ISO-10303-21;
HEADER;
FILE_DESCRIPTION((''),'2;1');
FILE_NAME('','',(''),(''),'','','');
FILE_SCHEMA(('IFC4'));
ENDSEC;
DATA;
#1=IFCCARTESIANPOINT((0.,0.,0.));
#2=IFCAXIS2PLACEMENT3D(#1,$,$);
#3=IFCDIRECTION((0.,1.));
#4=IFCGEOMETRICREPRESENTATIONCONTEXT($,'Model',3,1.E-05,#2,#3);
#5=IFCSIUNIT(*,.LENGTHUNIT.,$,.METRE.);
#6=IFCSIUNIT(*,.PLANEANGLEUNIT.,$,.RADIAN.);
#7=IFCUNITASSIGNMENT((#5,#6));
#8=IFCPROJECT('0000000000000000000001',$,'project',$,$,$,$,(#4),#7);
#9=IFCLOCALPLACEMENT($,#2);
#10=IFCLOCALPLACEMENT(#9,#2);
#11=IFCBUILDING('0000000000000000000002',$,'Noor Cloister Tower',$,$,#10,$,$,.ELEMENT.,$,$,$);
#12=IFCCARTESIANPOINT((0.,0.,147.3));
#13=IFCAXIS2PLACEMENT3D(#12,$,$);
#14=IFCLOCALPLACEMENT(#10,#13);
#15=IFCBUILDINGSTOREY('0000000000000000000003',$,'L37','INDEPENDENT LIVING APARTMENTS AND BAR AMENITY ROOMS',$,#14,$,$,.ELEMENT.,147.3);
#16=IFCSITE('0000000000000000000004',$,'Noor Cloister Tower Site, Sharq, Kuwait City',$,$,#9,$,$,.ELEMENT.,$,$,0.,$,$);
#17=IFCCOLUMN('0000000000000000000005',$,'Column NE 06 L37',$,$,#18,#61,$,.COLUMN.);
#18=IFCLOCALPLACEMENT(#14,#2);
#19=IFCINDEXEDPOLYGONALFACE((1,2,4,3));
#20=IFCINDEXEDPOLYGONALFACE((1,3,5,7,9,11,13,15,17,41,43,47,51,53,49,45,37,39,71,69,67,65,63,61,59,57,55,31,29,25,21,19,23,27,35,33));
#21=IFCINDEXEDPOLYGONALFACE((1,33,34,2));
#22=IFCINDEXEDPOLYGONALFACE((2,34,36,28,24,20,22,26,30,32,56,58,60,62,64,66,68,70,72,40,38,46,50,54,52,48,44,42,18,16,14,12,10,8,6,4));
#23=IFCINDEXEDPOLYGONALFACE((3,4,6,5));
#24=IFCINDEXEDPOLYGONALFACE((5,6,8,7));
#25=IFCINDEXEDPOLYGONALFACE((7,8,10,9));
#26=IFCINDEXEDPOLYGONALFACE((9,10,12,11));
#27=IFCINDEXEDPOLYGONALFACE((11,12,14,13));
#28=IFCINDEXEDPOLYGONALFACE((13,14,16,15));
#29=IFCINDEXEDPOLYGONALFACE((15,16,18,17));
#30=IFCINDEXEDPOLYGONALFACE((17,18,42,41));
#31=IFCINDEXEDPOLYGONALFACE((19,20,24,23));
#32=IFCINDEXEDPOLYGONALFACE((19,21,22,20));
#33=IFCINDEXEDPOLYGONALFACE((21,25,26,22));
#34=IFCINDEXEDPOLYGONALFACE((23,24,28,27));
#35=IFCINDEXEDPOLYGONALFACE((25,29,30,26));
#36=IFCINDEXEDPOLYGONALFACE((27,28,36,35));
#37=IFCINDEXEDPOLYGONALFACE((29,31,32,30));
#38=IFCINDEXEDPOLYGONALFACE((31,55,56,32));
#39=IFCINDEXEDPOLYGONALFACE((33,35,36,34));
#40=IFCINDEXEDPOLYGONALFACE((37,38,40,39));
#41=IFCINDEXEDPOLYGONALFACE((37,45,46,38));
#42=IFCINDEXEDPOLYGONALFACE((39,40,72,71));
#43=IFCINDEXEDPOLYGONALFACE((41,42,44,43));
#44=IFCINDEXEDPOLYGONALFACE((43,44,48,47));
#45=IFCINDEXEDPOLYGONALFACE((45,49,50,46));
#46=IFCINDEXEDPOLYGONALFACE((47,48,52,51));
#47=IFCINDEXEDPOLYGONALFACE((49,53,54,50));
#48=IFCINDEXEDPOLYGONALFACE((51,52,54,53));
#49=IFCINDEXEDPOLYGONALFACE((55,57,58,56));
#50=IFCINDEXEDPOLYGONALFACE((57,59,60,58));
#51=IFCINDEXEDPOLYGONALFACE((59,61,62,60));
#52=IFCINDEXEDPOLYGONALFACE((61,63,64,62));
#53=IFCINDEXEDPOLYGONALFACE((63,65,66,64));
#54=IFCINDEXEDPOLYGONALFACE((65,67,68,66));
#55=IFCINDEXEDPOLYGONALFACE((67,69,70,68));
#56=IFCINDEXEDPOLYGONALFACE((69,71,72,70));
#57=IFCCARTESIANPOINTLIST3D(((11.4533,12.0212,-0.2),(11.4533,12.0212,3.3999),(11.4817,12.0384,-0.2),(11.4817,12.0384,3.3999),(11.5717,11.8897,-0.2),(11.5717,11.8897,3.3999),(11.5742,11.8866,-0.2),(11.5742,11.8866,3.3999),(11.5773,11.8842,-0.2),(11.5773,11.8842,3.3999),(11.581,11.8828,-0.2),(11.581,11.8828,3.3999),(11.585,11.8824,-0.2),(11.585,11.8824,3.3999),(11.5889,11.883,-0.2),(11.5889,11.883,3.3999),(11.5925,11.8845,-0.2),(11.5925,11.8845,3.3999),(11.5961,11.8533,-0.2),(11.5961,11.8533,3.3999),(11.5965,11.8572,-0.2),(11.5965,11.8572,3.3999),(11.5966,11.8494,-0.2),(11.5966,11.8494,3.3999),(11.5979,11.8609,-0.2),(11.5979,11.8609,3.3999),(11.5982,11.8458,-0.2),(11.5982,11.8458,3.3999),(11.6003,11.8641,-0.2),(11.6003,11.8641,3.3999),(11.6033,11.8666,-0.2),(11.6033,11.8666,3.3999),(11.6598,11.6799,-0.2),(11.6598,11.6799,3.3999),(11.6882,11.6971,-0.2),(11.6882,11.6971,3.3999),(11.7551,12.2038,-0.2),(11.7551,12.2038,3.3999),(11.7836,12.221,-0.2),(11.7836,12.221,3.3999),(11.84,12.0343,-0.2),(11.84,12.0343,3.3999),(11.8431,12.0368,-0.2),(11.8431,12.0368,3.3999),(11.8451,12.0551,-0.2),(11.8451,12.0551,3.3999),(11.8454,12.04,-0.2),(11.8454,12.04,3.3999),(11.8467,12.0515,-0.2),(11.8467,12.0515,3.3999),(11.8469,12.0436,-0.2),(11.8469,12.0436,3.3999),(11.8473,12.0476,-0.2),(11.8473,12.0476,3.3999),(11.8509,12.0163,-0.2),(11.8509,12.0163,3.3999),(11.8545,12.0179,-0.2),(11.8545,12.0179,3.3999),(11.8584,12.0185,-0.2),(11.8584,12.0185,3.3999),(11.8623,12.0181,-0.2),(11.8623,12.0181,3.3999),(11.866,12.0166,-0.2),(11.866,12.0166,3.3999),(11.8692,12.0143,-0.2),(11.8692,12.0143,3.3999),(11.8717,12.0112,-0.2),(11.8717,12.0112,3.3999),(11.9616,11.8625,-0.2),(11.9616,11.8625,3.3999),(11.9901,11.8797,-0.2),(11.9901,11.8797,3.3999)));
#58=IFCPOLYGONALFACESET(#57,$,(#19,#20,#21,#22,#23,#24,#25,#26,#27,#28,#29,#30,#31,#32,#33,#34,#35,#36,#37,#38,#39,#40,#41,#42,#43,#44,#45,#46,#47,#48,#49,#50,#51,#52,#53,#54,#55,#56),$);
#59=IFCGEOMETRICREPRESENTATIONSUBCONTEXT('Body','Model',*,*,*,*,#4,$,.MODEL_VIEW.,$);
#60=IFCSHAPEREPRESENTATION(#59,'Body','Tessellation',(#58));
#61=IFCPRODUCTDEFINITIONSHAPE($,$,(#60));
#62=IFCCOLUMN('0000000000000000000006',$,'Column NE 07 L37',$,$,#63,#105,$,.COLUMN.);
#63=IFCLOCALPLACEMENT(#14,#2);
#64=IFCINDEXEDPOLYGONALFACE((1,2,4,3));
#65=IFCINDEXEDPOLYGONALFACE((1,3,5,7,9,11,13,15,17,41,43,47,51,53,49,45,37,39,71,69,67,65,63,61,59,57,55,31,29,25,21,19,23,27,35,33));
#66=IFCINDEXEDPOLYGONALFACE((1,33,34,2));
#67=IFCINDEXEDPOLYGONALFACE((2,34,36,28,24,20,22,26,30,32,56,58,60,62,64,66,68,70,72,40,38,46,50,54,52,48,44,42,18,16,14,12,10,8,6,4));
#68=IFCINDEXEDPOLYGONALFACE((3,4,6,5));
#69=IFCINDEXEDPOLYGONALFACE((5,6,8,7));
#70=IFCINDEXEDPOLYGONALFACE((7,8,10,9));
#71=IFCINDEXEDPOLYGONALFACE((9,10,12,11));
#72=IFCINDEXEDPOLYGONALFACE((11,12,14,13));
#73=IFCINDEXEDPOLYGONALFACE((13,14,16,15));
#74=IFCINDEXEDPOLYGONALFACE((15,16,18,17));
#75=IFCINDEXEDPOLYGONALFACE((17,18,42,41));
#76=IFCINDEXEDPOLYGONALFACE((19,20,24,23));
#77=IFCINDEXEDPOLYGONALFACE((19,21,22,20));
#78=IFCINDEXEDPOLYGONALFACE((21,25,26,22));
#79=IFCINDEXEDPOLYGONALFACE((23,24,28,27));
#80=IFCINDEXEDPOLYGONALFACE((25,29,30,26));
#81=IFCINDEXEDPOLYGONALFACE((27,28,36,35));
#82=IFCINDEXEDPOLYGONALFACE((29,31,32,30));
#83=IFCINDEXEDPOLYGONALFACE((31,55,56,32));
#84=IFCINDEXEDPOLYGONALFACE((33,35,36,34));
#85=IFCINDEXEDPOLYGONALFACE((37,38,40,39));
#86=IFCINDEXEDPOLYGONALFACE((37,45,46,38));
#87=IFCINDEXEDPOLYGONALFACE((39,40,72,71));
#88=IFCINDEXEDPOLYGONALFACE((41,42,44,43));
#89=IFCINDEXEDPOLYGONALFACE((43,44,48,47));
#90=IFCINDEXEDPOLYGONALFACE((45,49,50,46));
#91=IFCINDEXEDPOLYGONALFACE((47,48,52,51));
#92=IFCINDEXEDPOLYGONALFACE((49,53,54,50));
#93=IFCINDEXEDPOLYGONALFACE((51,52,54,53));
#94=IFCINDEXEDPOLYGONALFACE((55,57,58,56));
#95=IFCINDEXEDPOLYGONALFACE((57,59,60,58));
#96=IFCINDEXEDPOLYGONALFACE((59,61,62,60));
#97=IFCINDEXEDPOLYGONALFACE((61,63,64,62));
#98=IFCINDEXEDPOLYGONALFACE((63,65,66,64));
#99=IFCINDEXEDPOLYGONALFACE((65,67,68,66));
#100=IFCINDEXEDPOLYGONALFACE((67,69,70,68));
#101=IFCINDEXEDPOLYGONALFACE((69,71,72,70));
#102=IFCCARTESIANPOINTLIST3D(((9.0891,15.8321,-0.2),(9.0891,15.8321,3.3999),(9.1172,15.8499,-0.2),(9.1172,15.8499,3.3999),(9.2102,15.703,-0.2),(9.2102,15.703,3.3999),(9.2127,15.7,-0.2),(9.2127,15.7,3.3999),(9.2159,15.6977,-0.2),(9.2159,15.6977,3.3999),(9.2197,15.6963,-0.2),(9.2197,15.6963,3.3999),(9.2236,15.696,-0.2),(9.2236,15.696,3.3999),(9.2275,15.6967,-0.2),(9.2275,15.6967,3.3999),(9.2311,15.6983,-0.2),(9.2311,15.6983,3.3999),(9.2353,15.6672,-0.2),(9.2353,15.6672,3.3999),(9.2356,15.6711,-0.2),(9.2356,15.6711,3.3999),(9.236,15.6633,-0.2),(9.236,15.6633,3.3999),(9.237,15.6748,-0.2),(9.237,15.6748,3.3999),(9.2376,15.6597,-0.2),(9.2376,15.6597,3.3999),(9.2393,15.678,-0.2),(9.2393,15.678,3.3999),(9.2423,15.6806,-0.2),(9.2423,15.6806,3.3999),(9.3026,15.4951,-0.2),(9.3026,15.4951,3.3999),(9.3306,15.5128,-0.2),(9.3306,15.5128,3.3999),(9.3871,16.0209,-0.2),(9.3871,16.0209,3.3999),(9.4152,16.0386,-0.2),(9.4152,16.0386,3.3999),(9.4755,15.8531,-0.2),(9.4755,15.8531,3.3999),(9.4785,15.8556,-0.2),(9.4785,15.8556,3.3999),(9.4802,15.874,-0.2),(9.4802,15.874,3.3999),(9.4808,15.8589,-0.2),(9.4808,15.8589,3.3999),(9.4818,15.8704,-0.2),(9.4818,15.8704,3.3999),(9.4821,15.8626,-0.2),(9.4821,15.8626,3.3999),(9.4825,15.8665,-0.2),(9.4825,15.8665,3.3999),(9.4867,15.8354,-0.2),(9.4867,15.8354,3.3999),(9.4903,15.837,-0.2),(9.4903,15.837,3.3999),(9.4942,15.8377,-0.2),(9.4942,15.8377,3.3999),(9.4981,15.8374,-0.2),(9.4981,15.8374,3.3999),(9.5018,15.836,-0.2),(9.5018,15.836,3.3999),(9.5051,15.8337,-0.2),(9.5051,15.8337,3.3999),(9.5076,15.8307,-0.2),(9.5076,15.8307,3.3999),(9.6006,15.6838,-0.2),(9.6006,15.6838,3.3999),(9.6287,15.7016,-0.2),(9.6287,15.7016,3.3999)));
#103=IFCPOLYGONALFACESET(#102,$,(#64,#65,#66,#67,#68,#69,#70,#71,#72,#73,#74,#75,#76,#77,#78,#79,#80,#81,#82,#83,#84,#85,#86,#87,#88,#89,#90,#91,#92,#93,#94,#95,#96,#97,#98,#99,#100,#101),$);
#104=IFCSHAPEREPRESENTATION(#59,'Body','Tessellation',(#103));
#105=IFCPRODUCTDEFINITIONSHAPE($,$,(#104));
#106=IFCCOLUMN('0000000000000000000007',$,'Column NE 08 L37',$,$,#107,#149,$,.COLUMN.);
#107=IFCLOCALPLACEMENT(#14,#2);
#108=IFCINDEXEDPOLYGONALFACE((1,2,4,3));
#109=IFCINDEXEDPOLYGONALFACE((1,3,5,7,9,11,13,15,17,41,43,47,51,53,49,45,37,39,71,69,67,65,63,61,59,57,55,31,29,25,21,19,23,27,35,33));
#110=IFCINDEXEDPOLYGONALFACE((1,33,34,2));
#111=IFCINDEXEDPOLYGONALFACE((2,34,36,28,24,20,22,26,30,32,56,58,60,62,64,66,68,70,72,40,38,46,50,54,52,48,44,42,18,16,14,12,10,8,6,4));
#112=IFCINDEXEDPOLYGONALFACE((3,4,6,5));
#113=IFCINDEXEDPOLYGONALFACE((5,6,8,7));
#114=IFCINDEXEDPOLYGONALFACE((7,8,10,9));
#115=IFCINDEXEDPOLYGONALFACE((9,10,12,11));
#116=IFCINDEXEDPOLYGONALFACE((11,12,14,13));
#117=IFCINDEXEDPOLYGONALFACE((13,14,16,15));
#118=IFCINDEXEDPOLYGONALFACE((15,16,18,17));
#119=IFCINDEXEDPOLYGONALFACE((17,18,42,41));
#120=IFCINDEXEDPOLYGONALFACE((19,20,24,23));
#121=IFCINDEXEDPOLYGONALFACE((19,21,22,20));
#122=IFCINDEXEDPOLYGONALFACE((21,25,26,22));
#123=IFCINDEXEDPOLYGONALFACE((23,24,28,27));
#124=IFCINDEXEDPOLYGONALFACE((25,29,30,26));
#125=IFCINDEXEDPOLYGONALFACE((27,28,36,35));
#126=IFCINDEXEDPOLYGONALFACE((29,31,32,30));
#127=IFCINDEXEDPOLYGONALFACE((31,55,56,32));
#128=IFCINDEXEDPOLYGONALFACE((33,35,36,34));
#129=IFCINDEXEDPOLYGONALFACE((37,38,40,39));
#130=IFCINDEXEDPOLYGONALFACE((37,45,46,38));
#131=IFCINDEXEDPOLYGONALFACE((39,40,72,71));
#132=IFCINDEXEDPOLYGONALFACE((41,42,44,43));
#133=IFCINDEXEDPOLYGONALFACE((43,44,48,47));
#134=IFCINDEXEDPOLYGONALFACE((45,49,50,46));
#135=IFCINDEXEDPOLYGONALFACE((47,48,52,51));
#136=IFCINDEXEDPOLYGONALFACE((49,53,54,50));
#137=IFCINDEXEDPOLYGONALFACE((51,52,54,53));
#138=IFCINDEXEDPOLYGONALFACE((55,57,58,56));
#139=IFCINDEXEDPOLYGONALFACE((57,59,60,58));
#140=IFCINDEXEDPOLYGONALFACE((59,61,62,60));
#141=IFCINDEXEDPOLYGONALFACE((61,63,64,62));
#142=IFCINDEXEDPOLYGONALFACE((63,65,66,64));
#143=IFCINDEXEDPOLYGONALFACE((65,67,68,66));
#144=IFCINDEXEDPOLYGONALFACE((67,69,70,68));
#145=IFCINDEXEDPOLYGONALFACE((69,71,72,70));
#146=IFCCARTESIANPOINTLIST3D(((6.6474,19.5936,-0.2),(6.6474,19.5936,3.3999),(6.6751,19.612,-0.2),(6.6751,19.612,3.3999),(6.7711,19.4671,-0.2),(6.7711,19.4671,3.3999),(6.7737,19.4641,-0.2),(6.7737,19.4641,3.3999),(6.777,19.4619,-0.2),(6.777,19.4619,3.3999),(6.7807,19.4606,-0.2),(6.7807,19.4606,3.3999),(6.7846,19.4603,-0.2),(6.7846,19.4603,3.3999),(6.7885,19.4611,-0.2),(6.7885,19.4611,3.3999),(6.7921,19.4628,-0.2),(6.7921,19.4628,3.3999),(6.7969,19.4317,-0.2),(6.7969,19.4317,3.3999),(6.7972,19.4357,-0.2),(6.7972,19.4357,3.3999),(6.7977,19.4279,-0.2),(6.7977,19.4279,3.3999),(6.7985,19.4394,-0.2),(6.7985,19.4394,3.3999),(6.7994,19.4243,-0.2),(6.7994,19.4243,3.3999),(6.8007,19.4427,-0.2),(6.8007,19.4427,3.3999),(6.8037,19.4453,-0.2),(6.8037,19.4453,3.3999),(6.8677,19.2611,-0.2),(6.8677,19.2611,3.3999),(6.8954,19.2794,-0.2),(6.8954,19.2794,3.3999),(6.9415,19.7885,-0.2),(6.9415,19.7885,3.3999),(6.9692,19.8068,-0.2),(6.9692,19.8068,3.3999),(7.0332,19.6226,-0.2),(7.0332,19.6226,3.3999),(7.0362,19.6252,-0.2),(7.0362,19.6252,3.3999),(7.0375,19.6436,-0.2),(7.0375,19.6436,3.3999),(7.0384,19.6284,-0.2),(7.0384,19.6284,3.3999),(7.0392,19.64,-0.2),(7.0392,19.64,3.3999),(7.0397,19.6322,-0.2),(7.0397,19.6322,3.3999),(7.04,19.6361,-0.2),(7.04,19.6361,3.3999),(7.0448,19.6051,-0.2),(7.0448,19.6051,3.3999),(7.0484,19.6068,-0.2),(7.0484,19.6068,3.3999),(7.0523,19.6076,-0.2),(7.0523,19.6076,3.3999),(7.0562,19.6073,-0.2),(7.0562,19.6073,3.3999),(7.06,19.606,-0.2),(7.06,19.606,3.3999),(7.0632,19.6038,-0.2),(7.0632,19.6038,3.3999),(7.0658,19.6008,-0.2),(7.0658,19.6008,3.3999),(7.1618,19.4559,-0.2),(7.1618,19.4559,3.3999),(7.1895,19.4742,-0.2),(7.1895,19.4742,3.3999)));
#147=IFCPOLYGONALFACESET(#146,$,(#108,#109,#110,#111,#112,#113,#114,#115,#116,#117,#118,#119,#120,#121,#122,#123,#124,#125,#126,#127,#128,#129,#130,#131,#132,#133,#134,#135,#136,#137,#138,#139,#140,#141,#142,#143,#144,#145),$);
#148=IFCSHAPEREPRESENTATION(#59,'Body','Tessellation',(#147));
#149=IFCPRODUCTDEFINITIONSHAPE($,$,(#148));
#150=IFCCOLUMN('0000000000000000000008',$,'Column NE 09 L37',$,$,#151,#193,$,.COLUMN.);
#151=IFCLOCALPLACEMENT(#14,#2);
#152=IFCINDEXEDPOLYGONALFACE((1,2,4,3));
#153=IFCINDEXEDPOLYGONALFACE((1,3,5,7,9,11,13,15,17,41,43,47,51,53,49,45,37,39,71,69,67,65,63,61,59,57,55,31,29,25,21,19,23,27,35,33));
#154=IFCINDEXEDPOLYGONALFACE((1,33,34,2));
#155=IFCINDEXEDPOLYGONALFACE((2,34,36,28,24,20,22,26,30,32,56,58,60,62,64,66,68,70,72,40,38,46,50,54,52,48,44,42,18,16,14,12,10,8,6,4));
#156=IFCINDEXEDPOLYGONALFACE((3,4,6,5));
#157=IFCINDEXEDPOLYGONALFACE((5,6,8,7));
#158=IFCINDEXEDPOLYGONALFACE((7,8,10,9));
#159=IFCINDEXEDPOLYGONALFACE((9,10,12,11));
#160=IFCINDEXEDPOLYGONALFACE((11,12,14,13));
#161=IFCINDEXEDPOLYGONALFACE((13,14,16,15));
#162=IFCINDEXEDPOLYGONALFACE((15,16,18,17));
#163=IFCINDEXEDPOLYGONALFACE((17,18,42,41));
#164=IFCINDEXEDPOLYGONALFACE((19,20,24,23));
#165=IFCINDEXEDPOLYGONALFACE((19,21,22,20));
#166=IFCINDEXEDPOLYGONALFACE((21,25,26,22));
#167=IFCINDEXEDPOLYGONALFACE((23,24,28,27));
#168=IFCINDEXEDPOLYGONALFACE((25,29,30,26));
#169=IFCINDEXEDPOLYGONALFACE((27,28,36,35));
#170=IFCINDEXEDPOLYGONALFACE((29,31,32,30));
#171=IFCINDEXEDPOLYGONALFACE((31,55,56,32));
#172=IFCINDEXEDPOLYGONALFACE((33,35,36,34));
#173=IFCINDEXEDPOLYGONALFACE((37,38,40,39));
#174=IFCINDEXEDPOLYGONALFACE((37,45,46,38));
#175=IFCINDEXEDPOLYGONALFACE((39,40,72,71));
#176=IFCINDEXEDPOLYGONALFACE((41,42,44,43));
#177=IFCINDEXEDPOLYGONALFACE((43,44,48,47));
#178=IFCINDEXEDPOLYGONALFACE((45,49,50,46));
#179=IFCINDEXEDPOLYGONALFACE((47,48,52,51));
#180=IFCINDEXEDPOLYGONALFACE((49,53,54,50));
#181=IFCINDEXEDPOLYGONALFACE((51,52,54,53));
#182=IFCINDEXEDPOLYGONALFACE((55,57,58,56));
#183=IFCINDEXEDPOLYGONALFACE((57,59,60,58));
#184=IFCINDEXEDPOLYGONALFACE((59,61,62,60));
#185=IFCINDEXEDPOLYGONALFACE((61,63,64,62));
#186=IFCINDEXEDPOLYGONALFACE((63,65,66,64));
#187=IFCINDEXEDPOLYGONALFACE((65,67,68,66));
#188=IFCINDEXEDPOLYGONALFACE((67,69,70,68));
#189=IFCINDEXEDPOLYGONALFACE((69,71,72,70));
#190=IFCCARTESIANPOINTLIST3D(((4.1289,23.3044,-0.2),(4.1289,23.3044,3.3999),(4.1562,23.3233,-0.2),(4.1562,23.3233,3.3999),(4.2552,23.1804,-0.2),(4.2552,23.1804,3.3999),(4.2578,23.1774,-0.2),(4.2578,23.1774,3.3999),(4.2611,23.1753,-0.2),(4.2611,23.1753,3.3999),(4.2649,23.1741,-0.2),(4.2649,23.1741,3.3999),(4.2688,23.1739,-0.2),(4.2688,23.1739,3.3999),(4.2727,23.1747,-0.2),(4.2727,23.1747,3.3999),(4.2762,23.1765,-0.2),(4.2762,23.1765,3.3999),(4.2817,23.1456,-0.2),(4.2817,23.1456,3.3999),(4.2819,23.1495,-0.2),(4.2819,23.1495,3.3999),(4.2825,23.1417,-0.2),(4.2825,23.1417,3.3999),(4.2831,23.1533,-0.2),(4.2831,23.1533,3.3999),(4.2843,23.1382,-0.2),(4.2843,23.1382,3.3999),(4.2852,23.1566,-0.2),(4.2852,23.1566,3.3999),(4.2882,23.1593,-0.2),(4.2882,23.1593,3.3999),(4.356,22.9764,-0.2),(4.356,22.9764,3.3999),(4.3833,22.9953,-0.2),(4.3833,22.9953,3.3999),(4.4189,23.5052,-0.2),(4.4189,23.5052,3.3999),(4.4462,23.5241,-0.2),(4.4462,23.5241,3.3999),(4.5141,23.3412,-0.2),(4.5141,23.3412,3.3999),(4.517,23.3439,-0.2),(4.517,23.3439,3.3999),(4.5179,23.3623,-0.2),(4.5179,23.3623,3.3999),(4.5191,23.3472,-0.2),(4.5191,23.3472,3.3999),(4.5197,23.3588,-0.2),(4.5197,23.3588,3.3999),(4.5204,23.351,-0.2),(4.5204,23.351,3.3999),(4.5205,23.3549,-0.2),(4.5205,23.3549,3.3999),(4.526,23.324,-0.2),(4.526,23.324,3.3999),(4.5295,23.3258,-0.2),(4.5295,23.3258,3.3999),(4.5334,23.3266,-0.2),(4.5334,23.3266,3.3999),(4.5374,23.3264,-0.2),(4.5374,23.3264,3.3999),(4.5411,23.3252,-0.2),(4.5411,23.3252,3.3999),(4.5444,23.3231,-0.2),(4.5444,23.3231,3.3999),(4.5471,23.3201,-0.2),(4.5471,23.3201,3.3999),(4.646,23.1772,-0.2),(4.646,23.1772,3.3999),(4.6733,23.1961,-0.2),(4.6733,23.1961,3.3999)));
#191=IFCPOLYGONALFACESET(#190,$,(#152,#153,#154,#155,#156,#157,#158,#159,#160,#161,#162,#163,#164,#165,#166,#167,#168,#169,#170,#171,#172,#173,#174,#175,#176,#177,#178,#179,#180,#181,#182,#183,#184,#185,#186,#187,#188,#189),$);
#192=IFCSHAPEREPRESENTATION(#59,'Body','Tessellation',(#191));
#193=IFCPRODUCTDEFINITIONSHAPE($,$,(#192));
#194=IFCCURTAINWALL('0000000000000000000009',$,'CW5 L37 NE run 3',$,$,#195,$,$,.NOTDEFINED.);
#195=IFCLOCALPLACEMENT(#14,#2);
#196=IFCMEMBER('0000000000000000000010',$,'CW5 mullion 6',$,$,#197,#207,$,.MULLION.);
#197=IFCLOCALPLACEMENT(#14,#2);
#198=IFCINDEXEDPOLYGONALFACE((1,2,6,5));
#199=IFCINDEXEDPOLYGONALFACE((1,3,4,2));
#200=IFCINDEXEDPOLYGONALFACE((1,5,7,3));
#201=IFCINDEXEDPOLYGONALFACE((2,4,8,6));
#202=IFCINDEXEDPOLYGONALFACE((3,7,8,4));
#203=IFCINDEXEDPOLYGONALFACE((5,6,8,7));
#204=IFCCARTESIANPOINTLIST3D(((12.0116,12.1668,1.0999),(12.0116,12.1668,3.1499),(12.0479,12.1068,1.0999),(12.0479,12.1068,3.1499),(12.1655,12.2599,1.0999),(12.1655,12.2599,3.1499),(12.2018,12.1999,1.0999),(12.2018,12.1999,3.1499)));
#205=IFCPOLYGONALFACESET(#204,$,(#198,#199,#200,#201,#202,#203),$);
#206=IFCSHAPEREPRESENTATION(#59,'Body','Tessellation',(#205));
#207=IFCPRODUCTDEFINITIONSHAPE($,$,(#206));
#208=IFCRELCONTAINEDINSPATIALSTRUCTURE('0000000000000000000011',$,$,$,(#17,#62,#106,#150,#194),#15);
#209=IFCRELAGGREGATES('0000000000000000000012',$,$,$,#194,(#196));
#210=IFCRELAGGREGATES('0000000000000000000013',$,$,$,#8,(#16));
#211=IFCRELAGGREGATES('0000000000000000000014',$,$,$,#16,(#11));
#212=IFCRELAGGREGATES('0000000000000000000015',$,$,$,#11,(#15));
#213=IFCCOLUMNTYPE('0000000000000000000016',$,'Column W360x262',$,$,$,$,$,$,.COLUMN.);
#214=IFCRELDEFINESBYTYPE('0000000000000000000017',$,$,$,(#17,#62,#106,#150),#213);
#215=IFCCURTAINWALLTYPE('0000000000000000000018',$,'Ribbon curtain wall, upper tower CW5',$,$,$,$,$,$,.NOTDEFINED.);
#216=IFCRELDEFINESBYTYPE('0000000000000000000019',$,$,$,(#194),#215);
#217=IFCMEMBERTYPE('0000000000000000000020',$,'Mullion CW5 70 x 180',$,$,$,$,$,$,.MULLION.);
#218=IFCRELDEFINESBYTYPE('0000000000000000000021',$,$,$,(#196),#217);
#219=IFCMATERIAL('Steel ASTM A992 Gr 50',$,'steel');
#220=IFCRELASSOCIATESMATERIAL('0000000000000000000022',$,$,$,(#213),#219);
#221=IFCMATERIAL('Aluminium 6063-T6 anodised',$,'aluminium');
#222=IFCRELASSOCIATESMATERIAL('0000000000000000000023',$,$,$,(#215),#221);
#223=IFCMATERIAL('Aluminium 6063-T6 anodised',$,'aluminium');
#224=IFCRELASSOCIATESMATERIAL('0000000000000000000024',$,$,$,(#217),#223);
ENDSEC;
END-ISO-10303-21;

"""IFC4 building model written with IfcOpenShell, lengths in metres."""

from ifc_helpers import new_model, si_unit, direction, frame, origin, origin_2d, place, context, subcontext, project, spatial, rectangle, i_section, extrude, material, material_profile, profile_set, type_object, element, aggregate, save


model = new_model("IFC4")

# Units and contexts
model_context = context("Model", 3, precision=1e-05, world=origin(), true_north=direction((0.0, 1.0)))
body_context = subcontext(model_context, "Body", "Model", "MODEL_VIEW")
ifc_project = project(units=[si_unit("LENGTHUNIT", "METRE"), si_unit("PLANEANGLEUNIT", "RADIAN")], contexts=[model_context])

# Site, building, storey
site_placement = place(None, origin())
site = spatial("IfcSite", under=ifc_project, at=site_placement, Name="Noor Cloister Tower Site, Sharq, Kuwait City", CompositionType="ELEMENT", RefElevation=0.0)
building_placement = place(site_placement, origin())
building = spatial("IfcBuilding", under=site, at=building_placement, Name="Noor Cloister Tower", CompositionType="ELEMENT")
storey_placement = place(building_placement, frame((0.0, 0.0, 147.3)))
storey = spatial("IfcBuildingStorey", under=building, at=storey_placement, Name="L37", Description="INDEPENDENT LIVING APARTMENTS AND BAR AMENITY ROOMS", CompositionType="ELEMENT", Elevation=147.3)

# Columns
ifc_material_1 = material(Name="Steel ASTM A992 Gr 50", Category="steel")
ifc_material_profile_1 = material_profile(ifc_material_1, i_section(OverallWidth=0.3989, OverallDepth=0.386, WebThickness=0.021, FlangeThickness=0.0332, FilletRadius=0.0151, at=origin_2d()), Name="W360x262")
ifc_profile_set_1 = profile_set([ifc_material_profile_1], Name="Steel ASTM A992 Gr 50")
column_type = type_object("IfcColumnType", Name="Column W360x262", PredefinedType="COLUMN", material=ifc_profile_set_1)
for number, where, z_axis, x_axis, name in (
    (1, (11.7217, 11.9504, -0.2), (0.0, 0.0, 1.0), (-0.51765, 0.855592, 0.0), "Column NE 06 L37"),
    (2, (9.3589, 15.7668, -0.2), (0.0, 0.0, 1.0), (-0.535083, 0.8448, 0.0), "Column NE 07 L37"),
    (3, (6.9185, 19.5339, -0.2), (0.0, 0.0, 1.0), (-0.55229, 0.833652, 0.0), "Column NE 08 L37"),
    (4, (4.4011, 23.2502, -0.2), (0.0, 0.0, 1.0), (-0.569266, 0.822154, 0.0), "Column NE 09 L37"),
):
    element("IfcColumn", number, at=place(storey_placement, frame(where, z_axis=z_axis, x_axis=x_axis)), inside=storey, type_object=column_type, Name=name, PredefinedType="COLUMN", context=body_context, shape_type="SweptSolid", body=[
        extrude(i_section(OverallWidth=0.3989, OverallDepth=0.386, WebThickness=0.021, FlangeThickness=0.0332, FilletRadius=0.0151, at=origin_2d()), origin(), (0.0, 0.0, 1.0), 3.5999),
    ])

# Curtain wall, member
ifc_material_2 = material(Name="Aluminium 6063-T6 anodised", Category="aluminium")
curtain_wall_type = type_object("IfcCurtainWallType", Name="Ribbon curtain wall, upper tower CW5", PredefinedType="NOTDEFINED", material=ifc_material_2)
curtain_wall_placement = place(storey_placement, origin())
curtain_wall = element("IfcCurtainWall", 5, at=curtain_wall_placement, inside=storey, type_object=curtain_wall_type, Name="CW5 L37 NE run 3", PredefinedType="NOTDEFINED")
ifc_material_3 = material(Name="Aluminium 6063-T6 anodised", Category="aluminium")
ifc_material_profile_2 = material_profile(ifc_material_3, rectangle(XDim=0.1799, YDim=0.0701, at=origin_2d()), Name="180 x 70 mullion")
ifc_profile_set_2 = profile_set([ifc_material_profile_2], Name="Aluminium 6063-T6 anodised")
member_type = type_object("IfcMemberType", Name="Mullion CW5 70 x 180", PredefinedType="MULLION", material=ifc_profile_set_2)
member_1_placement = place(storey_placement, frame((12.1067, 12.1833, 1.0999), z_axis=(0.0, 0.0, 1.0), x_axis=(-0.855592, -0.51765, 0.0)))
member_1 = element("IfcMember", 6, at=member_1_placement, type_object=member_type, Name="CW5 mullion 6", PredefinedType="MULLION", context=body_context, shape_type="SweptSolid", body=[
    extrude(rectangle(XDim=0.1799, YDim=0.0701, at=origin_2d()), origin(), (0.0, 0.0, 1.0), 2.05),
])

aggregate(curtain_wall, [member_1])

save(model, "model.ifc")
